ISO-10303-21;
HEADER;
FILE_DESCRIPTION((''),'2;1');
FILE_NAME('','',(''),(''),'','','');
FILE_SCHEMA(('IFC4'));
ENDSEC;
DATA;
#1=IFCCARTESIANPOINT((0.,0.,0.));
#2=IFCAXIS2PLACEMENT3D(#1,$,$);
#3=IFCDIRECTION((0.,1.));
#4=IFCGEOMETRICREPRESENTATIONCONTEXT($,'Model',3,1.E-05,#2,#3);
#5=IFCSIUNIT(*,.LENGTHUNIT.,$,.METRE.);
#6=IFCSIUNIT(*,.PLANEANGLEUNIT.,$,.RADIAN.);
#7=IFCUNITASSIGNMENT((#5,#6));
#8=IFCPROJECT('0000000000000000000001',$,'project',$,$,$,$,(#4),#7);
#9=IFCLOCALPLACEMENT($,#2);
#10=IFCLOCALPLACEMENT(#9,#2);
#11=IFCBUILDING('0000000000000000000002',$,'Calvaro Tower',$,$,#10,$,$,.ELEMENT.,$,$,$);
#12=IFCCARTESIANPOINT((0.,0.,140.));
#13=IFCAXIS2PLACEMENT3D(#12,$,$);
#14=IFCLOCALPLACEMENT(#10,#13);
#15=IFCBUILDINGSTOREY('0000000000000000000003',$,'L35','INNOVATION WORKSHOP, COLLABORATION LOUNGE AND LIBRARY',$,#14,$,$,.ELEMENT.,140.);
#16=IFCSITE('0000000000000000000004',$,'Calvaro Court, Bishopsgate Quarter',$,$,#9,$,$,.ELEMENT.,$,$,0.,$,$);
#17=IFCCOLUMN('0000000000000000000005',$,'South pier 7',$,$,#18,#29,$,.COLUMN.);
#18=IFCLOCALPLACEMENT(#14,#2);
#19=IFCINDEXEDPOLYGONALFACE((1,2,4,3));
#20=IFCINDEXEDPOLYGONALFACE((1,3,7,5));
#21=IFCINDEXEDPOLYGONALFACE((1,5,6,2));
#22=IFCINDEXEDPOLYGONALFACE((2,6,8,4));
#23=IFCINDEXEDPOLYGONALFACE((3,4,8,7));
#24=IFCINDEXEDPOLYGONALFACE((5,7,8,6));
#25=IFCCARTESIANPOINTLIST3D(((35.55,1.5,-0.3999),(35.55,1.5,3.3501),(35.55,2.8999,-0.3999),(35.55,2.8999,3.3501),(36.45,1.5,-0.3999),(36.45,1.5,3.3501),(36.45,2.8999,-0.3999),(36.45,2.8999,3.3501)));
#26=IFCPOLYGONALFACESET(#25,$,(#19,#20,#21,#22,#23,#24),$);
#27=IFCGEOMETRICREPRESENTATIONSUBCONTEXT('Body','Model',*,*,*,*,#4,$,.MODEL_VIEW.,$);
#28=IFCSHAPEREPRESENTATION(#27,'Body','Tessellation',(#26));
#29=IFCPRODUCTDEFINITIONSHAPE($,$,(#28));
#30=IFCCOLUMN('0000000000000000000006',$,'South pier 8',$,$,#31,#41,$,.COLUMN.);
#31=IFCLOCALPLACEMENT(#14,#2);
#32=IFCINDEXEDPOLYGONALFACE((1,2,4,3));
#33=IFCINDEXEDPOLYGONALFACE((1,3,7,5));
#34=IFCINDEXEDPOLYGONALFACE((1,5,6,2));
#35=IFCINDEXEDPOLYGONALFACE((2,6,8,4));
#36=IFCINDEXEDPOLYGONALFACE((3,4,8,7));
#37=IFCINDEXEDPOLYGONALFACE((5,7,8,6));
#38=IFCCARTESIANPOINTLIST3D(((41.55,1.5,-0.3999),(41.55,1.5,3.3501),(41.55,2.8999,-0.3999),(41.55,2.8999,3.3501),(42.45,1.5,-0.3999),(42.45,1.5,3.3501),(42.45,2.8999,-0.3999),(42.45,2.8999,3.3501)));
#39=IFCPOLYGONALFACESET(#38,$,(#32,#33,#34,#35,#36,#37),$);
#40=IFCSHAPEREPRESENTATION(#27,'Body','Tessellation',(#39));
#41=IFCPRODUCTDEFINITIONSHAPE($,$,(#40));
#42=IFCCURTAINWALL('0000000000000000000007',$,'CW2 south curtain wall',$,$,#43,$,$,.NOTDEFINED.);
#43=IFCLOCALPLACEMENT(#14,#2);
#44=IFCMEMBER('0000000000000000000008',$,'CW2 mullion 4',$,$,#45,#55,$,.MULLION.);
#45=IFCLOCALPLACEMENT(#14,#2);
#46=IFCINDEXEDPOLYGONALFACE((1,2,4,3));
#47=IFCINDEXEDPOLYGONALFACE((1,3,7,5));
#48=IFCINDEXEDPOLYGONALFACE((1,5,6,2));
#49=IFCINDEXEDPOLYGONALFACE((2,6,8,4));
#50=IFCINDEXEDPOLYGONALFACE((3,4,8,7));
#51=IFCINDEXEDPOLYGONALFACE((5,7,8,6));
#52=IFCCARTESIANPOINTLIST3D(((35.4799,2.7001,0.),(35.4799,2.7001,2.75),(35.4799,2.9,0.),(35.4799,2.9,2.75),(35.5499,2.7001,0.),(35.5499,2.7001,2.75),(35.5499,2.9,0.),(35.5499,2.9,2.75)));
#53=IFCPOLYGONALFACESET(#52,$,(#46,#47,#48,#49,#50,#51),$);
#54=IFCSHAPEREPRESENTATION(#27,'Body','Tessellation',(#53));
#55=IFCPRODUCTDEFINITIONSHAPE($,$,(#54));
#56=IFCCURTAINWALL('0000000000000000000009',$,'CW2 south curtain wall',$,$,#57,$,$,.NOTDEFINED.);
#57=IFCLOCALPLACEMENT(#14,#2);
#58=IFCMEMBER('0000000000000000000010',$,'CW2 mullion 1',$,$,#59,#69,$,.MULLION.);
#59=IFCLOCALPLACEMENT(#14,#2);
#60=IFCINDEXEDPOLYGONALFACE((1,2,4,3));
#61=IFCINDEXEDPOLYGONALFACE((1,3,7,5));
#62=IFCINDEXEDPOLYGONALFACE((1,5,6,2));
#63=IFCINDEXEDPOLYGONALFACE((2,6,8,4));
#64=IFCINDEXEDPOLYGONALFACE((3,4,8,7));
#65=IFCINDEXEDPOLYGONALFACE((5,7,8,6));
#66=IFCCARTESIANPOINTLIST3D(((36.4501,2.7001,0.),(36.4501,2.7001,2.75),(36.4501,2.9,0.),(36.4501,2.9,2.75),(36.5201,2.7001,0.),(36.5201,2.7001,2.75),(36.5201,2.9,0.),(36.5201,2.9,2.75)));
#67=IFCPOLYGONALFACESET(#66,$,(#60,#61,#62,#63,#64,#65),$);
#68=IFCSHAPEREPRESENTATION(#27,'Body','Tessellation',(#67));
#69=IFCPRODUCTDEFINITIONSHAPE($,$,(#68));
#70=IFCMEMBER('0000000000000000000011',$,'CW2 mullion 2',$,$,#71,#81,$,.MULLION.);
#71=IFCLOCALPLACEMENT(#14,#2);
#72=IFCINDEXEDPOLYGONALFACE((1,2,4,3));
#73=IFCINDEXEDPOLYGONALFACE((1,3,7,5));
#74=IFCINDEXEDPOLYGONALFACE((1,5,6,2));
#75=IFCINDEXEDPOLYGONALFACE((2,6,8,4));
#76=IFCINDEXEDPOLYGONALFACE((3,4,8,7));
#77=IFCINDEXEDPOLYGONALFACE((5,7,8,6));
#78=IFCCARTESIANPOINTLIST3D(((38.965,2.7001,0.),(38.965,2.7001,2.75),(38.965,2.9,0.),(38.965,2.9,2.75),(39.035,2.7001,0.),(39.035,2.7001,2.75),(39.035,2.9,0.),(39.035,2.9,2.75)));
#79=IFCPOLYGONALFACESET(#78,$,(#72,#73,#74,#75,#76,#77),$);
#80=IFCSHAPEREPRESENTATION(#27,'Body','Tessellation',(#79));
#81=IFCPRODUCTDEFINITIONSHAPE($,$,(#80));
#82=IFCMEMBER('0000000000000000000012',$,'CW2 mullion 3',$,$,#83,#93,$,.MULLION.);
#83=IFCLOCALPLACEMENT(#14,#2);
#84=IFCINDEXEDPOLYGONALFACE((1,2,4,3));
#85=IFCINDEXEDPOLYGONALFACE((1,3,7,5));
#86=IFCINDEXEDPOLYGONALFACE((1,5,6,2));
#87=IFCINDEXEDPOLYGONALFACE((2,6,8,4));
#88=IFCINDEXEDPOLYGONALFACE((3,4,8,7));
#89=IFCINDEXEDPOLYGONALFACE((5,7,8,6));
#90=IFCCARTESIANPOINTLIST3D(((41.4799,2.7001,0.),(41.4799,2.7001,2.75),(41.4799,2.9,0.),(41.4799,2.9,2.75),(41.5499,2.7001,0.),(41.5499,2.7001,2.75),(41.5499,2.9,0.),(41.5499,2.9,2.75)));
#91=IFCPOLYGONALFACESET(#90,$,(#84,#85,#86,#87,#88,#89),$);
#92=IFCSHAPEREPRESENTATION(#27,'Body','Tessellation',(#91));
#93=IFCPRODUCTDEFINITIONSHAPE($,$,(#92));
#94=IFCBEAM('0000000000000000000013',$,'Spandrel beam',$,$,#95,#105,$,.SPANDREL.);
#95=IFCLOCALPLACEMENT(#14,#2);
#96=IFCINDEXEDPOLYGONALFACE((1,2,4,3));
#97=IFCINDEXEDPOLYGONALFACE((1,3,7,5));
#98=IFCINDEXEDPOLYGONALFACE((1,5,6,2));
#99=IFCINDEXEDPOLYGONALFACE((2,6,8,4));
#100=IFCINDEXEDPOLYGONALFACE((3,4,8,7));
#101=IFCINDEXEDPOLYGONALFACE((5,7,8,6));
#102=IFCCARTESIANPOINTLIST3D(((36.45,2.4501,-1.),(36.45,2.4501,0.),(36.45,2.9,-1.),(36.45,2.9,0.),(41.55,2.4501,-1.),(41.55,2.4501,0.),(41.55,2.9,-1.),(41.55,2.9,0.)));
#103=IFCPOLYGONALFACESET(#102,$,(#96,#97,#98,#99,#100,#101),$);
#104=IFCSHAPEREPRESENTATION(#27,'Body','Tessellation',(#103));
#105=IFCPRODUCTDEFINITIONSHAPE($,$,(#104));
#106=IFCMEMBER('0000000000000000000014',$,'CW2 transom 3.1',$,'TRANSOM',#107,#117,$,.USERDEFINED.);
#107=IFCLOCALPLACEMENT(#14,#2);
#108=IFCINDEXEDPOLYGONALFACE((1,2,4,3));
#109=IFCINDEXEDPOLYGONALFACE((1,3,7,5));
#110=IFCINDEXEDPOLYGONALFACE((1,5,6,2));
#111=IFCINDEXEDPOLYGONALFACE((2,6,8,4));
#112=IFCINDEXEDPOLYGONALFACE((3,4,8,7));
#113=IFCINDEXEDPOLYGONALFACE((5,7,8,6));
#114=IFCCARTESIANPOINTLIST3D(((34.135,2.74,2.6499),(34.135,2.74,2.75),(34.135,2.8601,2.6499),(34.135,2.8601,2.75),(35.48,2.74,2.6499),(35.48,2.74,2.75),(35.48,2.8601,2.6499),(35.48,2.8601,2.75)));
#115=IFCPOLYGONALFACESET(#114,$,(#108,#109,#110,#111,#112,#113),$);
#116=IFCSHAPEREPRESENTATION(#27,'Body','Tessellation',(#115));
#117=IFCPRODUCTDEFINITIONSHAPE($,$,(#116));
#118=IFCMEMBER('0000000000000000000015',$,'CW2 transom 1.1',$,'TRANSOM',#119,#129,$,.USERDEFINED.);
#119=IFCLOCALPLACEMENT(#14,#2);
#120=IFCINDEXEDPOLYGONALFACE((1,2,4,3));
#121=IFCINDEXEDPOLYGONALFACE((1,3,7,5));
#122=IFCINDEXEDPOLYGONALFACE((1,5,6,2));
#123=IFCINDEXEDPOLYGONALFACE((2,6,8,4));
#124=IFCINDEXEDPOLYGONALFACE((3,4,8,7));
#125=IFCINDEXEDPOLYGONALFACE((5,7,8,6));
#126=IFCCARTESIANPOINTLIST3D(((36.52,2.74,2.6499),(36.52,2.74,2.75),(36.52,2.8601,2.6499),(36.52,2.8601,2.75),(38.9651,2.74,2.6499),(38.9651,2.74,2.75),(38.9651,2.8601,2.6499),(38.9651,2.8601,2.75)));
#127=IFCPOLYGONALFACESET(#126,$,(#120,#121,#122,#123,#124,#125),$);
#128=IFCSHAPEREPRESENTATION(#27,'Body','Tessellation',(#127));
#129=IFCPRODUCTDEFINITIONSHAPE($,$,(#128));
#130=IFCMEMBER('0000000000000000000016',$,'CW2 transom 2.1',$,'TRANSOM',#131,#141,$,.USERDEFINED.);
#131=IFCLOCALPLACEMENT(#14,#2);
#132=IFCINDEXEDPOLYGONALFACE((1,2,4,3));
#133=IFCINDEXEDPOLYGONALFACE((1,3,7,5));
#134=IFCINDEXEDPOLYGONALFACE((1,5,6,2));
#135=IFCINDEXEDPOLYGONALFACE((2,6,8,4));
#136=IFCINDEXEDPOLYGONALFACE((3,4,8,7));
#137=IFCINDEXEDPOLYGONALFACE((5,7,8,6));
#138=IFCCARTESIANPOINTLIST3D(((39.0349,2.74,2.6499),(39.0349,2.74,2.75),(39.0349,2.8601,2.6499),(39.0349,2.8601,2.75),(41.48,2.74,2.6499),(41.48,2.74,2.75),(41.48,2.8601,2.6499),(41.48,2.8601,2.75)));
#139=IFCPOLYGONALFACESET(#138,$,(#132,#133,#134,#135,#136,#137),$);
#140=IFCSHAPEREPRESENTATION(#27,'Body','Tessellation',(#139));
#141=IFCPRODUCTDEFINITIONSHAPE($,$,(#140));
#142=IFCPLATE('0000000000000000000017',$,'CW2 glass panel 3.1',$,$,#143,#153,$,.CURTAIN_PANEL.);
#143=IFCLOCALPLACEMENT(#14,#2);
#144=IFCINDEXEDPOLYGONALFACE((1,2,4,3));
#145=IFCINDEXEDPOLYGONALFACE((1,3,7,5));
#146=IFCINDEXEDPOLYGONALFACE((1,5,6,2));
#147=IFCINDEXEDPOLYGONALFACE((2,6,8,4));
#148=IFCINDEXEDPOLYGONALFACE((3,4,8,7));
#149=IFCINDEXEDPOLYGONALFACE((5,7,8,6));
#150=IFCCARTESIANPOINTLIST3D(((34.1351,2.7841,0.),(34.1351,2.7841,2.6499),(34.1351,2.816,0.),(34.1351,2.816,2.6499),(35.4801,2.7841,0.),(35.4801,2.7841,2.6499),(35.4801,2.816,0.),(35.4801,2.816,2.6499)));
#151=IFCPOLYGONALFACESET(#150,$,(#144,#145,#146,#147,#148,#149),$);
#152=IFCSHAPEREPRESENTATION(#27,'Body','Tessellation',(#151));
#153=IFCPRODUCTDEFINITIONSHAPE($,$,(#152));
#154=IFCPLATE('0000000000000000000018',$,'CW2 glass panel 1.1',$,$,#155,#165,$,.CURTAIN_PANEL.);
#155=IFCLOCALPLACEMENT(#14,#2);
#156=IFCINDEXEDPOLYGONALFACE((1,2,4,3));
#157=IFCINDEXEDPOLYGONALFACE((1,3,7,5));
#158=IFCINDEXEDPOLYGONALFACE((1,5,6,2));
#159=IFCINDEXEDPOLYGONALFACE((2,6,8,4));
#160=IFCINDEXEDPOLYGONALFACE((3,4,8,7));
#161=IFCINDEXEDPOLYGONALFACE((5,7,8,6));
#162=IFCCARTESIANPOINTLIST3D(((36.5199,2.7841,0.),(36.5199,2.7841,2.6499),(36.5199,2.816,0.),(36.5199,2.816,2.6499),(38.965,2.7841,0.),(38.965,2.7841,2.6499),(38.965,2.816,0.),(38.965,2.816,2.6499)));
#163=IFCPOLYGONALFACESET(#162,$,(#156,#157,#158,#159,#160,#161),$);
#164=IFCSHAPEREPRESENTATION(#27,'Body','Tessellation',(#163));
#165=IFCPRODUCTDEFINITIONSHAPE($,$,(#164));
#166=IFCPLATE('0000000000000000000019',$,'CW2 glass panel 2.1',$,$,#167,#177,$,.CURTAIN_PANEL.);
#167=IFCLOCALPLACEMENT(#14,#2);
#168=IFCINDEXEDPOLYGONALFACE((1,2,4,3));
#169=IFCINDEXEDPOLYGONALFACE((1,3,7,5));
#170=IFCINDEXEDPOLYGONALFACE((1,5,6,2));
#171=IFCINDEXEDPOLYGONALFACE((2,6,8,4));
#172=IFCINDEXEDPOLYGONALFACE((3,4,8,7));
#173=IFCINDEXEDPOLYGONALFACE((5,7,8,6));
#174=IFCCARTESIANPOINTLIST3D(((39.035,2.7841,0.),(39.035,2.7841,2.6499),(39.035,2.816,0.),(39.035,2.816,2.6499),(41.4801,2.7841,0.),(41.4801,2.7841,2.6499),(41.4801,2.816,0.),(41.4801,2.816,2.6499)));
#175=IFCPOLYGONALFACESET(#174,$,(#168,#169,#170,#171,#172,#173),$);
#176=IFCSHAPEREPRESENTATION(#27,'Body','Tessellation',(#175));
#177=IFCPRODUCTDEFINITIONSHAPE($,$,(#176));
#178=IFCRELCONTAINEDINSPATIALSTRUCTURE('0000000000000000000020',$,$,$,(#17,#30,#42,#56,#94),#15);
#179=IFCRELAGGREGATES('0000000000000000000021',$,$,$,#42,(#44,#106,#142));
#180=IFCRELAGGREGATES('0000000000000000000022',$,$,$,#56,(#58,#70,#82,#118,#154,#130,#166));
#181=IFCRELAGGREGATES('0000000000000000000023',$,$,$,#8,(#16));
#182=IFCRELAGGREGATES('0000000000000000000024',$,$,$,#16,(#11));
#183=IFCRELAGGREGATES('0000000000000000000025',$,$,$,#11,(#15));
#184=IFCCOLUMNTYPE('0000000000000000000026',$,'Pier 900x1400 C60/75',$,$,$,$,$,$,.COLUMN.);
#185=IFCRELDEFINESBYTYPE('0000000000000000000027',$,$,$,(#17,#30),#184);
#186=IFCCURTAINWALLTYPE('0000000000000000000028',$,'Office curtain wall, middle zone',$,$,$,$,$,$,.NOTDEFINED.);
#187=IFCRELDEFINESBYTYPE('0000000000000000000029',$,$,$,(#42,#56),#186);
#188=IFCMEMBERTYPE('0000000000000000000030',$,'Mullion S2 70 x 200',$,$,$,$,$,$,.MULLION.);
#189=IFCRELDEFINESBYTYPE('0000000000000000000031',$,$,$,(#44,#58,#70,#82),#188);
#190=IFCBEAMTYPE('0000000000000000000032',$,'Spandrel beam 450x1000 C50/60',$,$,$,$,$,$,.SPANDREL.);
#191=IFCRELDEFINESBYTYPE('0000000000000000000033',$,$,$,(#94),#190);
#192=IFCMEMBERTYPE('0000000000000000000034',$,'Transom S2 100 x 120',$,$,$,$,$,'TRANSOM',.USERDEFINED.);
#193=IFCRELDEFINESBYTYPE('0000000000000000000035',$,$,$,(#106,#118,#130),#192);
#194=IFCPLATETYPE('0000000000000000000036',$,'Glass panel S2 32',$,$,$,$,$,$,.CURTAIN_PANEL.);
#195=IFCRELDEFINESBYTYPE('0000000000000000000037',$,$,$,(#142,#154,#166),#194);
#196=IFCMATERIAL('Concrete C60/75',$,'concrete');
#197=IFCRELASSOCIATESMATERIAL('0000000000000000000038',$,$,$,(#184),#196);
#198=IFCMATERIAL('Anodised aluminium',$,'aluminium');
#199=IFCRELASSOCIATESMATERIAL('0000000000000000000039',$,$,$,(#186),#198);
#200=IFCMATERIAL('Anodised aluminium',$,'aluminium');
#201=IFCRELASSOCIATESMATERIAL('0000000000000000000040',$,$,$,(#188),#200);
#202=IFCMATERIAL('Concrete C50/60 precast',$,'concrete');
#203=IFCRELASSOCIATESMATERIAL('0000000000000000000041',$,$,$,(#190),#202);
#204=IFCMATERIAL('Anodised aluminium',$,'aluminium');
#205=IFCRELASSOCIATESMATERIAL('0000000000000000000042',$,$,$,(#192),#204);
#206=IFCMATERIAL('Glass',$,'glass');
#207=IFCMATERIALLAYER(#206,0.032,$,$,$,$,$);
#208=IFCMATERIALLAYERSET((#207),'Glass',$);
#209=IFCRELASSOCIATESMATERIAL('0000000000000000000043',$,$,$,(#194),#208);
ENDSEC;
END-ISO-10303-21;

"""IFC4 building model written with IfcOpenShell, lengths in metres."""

from ifc_helpers import new_model, si_unit, direction, frame, origin, origin_2d, place, context, subcontext, project, spatial, rectangle, extrude, material, layer, layer_set, material_profile, profile_set, type_object, element, aggregate, save


model = new_model("IFC4")

# Units and contexts
model_context = context("Model", 3, precision=1e-05, world=origin(), true_north=direction((0.0, 1.0)))
body_context = subcontext(model_context, "Body", "Model", "MODEL_VIEW")
ifc_project = project(units=[si_unit("LENGTHUNIT", "METRE"), si_unit("PLANEANGLEUNIT", "RADIAN")], contexts=[model_context])

# Site, building, storey
site_placement = place(None, origin())
site = spatial("IfcSite", under=ifc_project, at=site_placement, Name="Calvaro Court, Bishopsgate Quarter", CompositionType="ELEMENT", RefElevation=0.0)
building_placement = place(site_placement, origin())
building = spatial("IfcBuilding", under=site, at=building_placement, Name="Calvaro Tower", CompositionType="ELEMENT")
storey_placement = place(building_placement, frame((0.0, 0.0, 140.0)))
storey = spatial("IfcBuildingStorey", under=building, at=storey_placement, Name="L35", Description="INNOVATION WORKSHOP, COLLABORATION LOUNGE AND LIBRARY", CompositionType="ELEMENT", Elevation=140.0)

# Columns
ifc_material_1 = material(Name="Concrete C60/75", Category="concrete")
ifc_material_profile_1 = material_profile(ifc_material_1, rectangle(XDim=0.8999, YDim=1.3999, at=origin_2d()), Name="RC 900x1400")
ifc_profile_set_1 = profile_set([ifc_material_profile_1], Name="Concrete C60/75")
column_type = type_object("IfcColumnType", Name="Pier 900x1400 C60/75", PredefinedType="COLUMN", material=ifc_profile_set_1)
for number, where, z_axis, x_axis, name in (
    (1, (36.0, 2.2, -0.3999), (0.0, 0.0, 1.0), (1.0, 0.0, 0.0), "South pier 7"),
    (2, (42.0, 2.2, -0.3999), (0.0, 0.0, 1.0), (1.0, 0.0, 0.0), "South pier 8"),
):
    element("IfcColumn", number, at=place(storey_placement, frame(where, z_axis=z_axis, x_axis=x_axis)), inside=storey, type_object=column_type, Name=name, PredefinedType="COLUMN", context=body_context, shape_type="SweptSolid", body=[
        extrude(rectangle(XDim=0.8999, YDim=1.3999, at=origin_2d()), origin(), (0.0, 0.0, 1.0), 3.75),
    ])

# Curtain wall, member
ifc_material_2 = material(Name="Anodised aluminium", Category="aluminium")
curtain_wall_type = type_object("IfcCurtainWallType", Name="Office curtain wall, middle zone", PredefinedType="NOTDEFINED", material=ifc_material_2)
curtain_wall_1_placement = place(storey_placement, origin())
curtain_wall_1 = element("IfcCurtainWall", 3, at=curtain_wall_1_placement, inside=storey, type_object=curtain_wall_type, Name="CW2 south curtain wall", PredefinedType="NOTDEFINED")
ifc_material_3 = material(Name="Anodised aluminium", Category="aluminium")
ifc_material_profile_2 = material_profile(ifc_material_3, rectangle(XDim=0.2, YDim=0.0701, at=origin_2d()), Name="Mullion S2 70 x 200")
ifc_profile_set_2 = profile_set([ifc_material_profile_2], Name="Anodised aluminium")
member_type_1 = type_object("IfcMemberType", Name="Mullion S2 70 x 200", PredefinedType="MULLION", material=ifc_profile_set_2)
member_1_placement = place(storey_placement, frame((35.5149, 2.8, 0.0), z_axis=(0.0, 0.0, 1.0), x_axis=(0.0, 1.0, 0.0)))
member_1 = element("IfcMember", 4, at=member_1_placement, type_object=member_type_1, Name="CW2 mullion 4", PredefinedType="MULLION", context=body_context, shape_type="SweptSolid", body=[
    extrude(rectangle(XDim=0.2, YDim=0.0701, at=origin_2d()), origin(), (0.0, 0.0, 1.0), 2.75),
])

# Curtain wall, members
curtain_wall_2_placement = place(storey_placement, origin())
curtain_wall_2 = element("IfcCurtainWall", 5, at=curtain_wall_2_placement, inside=storey, type_object=curtain_wall_type, Name="CW2 south curtain wall", PredefinedType="NOTDEFINED")
member_2_placement = place(storey_placement, frame((36.4851, 2.8, 0.0), z_axis=(0.0, 0.0, 1.0), x_axis=(0.0, 1.0, 0.0)))
member_2 = element("IfcMember", 6, at=member_2_placement, type_object=member_type_1, Name="CW2 mullion 1", PredefinedType="MULLION", context=body_context, shape_type="SweptSolid", body=[
    extrude(rectangle(XDim=0.2, YDim=0.0701, at=origin_2d()), origin(), (0.0, 0.0, 1.0), 2.75),
])
member_3_placement = place(storey_placement, frame((39.0, 2.8, 0.0), z_axis=(0.0, 0.0, 1.0), x_axis=(0.0, 1.0, 0.0)))
member_3 = element("IfcMember", 7, at=member_3_placement, type_object=member_type_1, Name="CW2 mullion 2", PredefinedType="MULLION", context=body_context, shape_type="SweptSolid", body=[
    extrude(rectangle(XDim=0.2, YDim=0.0701, at=origin_2d()), origin(), (0.0, 0.0, 1.0), 2.75),
])
member_4_placement = place(storey_placement, frame((41.5149, 2.8, 0.0), z_axis=(0.0, 0.0, 1.0), x_axis=(0.0, 1.0, 0.0)))
member_4 = element("IfcMember", 8, at=member_4_placement, type_object=member_type_1, Name="CW2 mullion 3", PredefinedType="MULLION", context=body_context, shape_type="SweptSolid", body=[
    extrude(rectangle(XDim=0.2, YDim=0.0701, at=origin_2d()), origin(), (0.0, 0.0, 1.0), 2.75),
])

# Beam
ifc_material_4 = material(Name="Concrete C50/60 precast", Category="concrete")
ifc_material_profile_3 = material_profile(ifc_material_4, rectangle(XDim=0.45, YDim=1.0, at=origin_2d()), Name="RC 450x1000")
ifc_profile_set_3 = profile_set([ifc_material_profile_3], Name="Concrete C50/60 precast")
beam_type = type_object("IfcBeamType", Name="Spandrel beam 450x1000 C50/60", PredefinedType="SPANDREL", material=ifc_profile_set_3)
beam_placement = place(storey_placement, frame((36.45, 2.675, -0.5), z_axis=(1.0, 0.0, 0.0), x_axis=(0.0, 1.0, 0.0)))
element("IfcBeam", 9, at=beam_placement, inside=storey, type_object=beam_type, Name="Spandrel beam", PredefinedType="SPANDREL", context=body_context, shape_type="SweptSolid", body=[
    extrude(rectangle(XDim=0.45, YDim=1.0, at=origin_2d()), origin(), (0.0, 0.0, 1.0), 5.1001),
])

# Members
ifc_material_5 = material(Name="Anodised aluminium", Category="aluminium")
ifc_material_profile_4 = material_profile(ifc_material_5, rectangle(XDim=0.1201, YDim=0.1001, at=origin_2d()), Name="Transom S2 100 x 120")
ifc_profile_set_4 = profile_set([ifc_material_profile_4], Name="Anodised aluminium")
member_type_2 = type_object("IfcMemberType", Name="Transom S2 100 x 120", ElementType="TRANSOM", PredefinedType="USERDEFINED", material=ifc_profile_set_4)
member_5_placement = place(storey_placement, frame((34.135, 2.8, 2.7), z_axis=(1.0, 0.0, 0.0), x_axis=(0.0, 1.0, 0.0)))
member_5 = element("IfcMember", 10, at=member_5_placement, type_object=member_type_2, Name="CW2 transom 3.1", ObjectType="TRANSOM", PredefinedType="USERDEFINED", context=body_context, shape_type="SweptSolid", body=[
    extrude(rectangle(XDim=0.1201, YDim=0.1001, at=origin_2d()), origin(), (0.0, 0.0, 1.0), 1.345),
])
member_6_placement = place(storey_placement, frame((36.52, 2.8, 2.7), z_axis=(1.0, 0.0, 0.0), x_axis=(0.0, 1.0, 0.0)))
member_6 = element("IfcMember", 11, at=member_6_placement, type_object=member_type_2, Name="CW2 transom 1.1", ObjectType="TRANSOM", PredefinedType="USERDEFINED", context=body_context, shape_type="SweptSolid", body=[
    extrude(rectangle(XDim=0.1201, YDim=0.1001, at=origin_2d()), origin(), (0.0, 0.0, 1.0), 2.4451),
])
member_7_placement = place(storey_placement, frame((39.0349, 2.8, 2.7), z_axis=(1.0, 0.0, 0.0), x_axis=(0.0, 1.0, 0.0)))
member_7 = element("IfcMember", 12, at=member_7_placement, type_object=member_type_2, Name="CW2 transom 2.1", ObjectType="TRANSOM", PredefinedType="USERDEFINED", context=body_context, shape_type="SweptSolid", body=[
    extrude(rectangle(XDim=0.1201, YDim=0.1001, at=origin_2d()), origin(), (0.0, 0.0, 1.0), 2.4451),
])

# Plates
ifc_material_6 = material(Name="Glass", Category="glass")
ifc_layer_1 = layer(ifc_material_6, 0.032)
ifc_layer_set_1 = layer_set([ifc_layer_1], Name="Glass")
plate_type = type_object("IfcPlateType", Name="Glass panel S2 32", PredefinedType="CURTAIN_PANEL", material=ifc_layer_set_1)
plate_1_placement = place(storey_placement, frame((34.8076, 2.8, 0.0), z_axis=(0.0, 0.0, 1.0), x_axis=(1.0, 0.0, 0.0)))
plate_1 = element("IfcPlate", 13, at=plate_1_placement, type_object=plate_type, Name="CW2 glass panel 3.1", PredefinedType="CURTAIN_PANEL", context=body_context, shape_type="SweptSolid", body=[
    extrude(rectangle(XDim=1.345, YDim=0.032, at=origin_2d()), origin(), (0.0, 0.0, 1.0), 2.6499),
])
aggregate(curtain_wall_1, [member_1, member_5, plate_1])
plate_2_placement = place(storey_placement, frame((37.7424, 2.8, 0.0), z_axis=(0.0, 0.0, 1.0), x_axis=(1.0, 0.0, 0.0)))
plate_2 = element("IfcPlate", 14, at=plate_2_placement, type_object=plate_type, Name="CW2 glass panel 1.1", PredefinedType="CURTAIN_PANEL", context=body_context, shape_type="SweptSolid", body=[
    extrude(rectangle(XDim=2.4451, YDim=0.032, at=origin_2d()), origin(), (0.0, 0.0, 1.0), 2.6499),
])
plate_3_placement = place(storey_placement, frame((40.2576, 2.8, 0.0), z_axis=(0.0, 0.0, 1.0), x_axis=(1.0, 0.0, 0.0)))
plate_3 = element("IfcPlate", 15, at=plate_3_placement, type_object=plate_type, Name="CW2 glass panel 2.1", PredefinedType="CURTAIN_PANEL", context=body_context, shape_type="SweptSolid", body=[
    extrude(rectangle(XDim=2.4451, YDim=0.032, at=origin_2d()), origin(), (0.0, 0.0, 1.0), 2.6499),
])
aggregate(curtain_wall_2, [member_2, member_3, member_4, member_6, plate_2, member_7, plate_3])

save(model, "model.ifc")
